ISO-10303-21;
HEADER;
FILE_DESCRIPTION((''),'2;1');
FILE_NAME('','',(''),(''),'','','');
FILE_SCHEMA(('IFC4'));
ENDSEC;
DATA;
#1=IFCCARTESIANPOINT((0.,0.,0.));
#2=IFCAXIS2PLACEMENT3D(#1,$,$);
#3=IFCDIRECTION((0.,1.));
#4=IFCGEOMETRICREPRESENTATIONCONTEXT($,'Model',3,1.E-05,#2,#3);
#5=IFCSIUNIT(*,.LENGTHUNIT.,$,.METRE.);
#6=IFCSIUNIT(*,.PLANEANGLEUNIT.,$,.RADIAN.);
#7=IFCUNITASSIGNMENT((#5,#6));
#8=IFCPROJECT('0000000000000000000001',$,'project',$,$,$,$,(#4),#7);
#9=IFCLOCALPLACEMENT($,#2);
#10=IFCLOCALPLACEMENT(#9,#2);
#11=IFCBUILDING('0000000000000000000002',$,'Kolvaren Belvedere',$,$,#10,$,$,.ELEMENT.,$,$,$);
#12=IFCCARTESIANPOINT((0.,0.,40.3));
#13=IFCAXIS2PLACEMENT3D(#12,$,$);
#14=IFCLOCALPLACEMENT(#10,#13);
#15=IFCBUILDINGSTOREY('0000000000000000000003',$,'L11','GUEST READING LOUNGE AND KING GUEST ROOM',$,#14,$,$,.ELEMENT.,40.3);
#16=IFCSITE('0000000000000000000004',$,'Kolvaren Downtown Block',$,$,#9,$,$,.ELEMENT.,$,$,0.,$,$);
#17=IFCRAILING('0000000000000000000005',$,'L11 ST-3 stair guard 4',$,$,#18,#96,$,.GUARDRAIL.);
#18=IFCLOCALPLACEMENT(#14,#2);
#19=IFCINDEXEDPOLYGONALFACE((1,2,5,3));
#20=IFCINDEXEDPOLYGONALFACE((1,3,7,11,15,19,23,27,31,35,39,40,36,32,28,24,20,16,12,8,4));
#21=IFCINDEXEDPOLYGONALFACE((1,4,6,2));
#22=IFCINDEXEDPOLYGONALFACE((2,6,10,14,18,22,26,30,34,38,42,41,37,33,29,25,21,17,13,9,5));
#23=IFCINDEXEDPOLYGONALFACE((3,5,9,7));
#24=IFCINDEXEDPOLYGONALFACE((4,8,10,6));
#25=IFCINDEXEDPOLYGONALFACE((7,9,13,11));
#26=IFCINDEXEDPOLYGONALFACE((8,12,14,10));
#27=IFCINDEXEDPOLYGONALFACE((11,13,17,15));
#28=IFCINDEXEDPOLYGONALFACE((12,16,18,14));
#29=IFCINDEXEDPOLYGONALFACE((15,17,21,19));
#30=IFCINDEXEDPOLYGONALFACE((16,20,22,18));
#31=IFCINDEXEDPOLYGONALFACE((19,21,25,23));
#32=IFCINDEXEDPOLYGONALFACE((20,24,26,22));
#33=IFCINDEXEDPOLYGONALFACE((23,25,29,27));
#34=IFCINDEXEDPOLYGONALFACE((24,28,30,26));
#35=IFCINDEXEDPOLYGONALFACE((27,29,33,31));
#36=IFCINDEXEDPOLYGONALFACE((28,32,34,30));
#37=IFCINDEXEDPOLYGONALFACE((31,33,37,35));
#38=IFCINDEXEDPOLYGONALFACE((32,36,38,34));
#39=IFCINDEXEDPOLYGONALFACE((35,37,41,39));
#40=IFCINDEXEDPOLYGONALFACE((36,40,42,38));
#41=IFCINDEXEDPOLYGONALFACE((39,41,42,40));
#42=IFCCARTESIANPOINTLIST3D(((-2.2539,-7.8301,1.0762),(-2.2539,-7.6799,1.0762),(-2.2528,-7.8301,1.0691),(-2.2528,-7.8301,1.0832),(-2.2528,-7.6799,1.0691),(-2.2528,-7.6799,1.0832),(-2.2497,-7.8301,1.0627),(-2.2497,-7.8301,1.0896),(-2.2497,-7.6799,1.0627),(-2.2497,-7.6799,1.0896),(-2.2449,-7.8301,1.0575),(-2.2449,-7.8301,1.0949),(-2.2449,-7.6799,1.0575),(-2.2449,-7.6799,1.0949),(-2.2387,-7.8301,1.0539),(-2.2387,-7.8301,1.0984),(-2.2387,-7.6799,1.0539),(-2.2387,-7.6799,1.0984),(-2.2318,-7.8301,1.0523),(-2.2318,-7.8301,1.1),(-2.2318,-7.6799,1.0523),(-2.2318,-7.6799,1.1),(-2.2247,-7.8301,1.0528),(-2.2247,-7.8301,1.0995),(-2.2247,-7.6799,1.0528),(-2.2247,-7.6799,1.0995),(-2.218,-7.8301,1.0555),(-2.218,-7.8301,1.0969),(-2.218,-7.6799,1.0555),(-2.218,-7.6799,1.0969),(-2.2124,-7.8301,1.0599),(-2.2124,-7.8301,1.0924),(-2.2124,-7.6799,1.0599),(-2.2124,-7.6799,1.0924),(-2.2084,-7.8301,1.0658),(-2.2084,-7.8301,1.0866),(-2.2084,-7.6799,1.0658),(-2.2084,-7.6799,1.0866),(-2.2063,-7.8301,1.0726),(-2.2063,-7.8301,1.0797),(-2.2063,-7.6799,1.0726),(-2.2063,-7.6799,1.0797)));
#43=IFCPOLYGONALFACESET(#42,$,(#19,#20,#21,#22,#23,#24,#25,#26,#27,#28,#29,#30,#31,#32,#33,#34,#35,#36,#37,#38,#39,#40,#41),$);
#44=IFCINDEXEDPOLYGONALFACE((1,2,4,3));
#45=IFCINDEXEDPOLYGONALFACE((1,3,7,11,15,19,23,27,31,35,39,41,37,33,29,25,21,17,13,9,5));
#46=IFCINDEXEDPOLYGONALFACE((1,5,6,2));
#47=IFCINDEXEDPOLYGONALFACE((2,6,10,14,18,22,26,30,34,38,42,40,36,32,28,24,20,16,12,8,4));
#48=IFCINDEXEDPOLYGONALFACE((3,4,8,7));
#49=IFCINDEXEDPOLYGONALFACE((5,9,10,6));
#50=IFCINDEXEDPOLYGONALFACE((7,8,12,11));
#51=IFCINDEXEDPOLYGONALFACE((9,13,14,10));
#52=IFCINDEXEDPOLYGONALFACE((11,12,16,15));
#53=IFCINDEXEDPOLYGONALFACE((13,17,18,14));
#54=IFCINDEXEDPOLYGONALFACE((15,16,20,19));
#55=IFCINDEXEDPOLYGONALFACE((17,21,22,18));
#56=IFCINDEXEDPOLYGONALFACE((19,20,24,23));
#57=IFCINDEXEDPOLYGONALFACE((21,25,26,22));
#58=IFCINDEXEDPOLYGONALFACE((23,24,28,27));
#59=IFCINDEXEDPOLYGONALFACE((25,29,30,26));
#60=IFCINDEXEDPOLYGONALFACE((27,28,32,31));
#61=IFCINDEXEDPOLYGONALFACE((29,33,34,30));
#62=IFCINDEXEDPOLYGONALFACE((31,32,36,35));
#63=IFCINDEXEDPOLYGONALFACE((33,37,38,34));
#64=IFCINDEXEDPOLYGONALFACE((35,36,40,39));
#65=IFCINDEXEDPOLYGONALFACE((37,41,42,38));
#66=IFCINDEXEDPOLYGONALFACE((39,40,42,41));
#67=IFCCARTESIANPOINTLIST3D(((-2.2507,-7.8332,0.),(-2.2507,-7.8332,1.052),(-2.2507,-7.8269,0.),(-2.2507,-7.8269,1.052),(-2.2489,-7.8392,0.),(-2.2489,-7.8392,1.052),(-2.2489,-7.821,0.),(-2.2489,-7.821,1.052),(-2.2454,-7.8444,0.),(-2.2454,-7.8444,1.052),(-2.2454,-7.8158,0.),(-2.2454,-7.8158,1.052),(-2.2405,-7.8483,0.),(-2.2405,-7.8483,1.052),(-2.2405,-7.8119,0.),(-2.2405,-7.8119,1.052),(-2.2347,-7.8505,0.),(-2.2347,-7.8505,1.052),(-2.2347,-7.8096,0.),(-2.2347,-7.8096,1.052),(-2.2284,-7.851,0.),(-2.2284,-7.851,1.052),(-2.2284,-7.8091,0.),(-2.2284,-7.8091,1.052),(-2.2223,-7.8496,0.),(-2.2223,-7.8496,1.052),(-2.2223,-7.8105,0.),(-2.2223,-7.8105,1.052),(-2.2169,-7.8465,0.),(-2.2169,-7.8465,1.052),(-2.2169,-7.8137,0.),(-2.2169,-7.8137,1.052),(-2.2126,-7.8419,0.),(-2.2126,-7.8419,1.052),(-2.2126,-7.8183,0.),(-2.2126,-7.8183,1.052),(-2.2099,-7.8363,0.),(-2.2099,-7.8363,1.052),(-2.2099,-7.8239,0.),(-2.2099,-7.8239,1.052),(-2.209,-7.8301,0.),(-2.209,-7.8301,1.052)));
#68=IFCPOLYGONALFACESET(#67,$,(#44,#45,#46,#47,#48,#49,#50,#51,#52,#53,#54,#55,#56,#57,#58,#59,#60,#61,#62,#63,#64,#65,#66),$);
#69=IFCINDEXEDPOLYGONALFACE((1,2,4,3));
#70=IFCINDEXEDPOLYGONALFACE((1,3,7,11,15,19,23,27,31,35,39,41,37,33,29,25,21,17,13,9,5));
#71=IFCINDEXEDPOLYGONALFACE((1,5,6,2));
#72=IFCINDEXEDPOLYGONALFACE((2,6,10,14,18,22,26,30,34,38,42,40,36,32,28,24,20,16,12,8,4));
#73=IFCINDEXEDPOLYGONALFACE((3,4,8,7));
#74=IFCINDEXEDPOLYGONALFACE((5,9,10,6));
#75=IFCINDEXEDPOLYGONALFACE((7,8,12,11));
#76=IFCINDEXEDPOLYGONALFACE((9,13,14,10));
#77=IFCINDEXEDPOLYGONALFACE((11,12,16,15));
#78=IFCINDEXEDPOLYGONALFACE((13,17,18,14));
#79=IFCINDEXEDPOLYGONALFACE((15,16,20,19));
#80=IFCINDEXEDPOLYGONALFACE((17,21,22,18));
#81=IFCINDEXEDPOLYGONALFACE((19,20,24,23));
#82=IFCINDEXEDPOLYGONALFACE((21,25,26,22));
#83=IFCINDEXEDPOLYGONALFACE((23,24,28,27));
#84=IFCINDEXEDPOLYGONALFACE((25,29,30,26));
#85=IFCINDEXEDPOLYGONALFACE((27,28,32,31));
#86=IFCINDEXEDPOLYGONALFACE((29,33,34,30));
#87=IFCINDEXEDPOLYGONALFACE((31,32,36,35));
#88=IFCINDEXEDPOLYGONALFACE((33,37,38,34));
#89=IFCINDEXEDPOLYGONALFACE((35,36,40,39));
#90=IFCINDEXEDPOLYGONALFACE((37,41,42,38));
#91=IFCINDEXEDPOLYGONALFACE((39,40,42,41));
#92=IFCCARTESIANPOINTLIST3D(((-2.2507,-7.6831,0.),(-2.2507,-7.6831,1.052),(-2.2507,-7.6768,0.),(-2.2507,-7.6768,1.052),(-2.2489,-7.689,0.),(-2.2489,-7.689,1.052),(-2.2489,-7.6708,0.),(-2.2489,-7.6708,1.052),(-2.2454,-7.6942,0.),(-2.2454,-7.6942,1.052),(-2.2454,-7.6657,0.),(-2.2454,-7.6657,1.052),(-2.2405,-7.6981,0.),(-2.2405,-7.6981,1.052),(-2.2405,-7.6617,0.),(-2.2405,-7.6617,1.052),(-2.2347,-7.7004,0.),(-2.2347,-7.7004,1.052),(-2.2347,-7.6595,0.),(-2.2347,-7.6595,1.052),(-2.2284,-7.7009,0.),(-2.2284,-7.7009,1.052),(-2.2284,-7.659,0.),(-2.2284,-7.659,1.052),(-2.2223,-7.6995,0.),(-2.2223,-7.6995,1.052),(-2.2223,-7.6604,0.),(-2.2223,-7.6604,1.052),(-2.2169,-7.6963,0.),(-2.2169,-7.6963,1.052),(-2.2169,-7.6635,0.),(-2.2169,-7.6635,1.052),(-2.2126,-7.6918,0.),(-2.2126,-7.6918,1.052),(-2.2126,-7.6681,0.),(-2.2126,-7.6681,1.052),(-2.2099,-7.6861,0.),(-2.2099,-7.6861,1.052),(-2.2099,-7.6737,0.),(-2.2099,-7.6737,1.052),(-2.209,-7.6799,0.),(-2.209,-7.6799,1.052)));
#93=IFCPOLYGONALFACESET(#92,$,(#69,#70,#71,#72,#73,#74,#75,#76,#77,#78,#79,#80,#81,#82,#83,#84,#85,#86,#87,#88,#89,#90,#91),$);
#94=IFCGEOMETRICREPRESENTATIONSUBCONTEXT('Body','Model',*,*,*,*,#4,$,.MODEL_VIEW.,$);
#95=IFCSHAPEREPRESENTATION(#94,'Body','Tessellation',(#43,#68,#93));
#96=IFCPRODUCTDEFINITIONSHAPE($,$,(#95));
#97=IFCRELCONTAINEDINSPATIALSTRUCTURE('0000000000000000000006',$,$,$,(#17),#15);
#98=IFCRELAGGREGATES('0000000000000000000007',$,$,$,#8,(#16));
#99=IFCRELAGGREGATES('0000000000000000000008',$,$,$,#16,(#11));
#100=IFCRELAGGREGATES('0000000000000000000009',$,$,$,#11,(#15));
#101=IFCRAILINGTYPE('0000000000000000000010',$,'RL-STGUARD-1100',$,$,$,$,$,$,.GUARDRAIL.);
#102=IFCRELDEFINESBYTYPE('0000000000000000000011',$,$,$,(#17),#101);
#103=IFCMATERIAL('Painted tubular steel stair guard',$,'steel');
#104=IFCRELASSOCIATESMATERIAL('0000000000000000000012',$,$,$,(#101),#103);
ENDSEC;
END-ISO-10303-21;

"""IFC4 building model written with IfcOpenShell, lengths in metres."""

from ifc_helpers import new_model, si_unit, direction, frame, origin, origin_2d, place, context, subcontext, project, spatial, circle, extrude, material, type_object, element, save


model = new_model("IFC4")

# Units and contexts
model_context = context("Model", 3, precision=1e-05, world=origin(), true_north=direction((0.0, 1.0)))
body_context = subcontext(model_context, "Body", "Model", "MODEL_VIEW")
ifc_project = project(units=[si_unit("LENGTHUNIT", "METRE"), si_unit("PLANEANGLEUNIT", "RADIAN")], contexts=[model_context])

# Site, building, storey
site_placement = place(None, origin())
site = spatial("IfcSite", under=ifc_project, at=site_placement, Name="Kolvaren Downtown Block", CompositionType="ELEMENT", RefElevation=0.0)
building_placement = place(site_placement, origin())
building = spatial("IfcBuilding", under=site, at=building_placement, Name="Kolvaren Belvedere", CompositionType="ELEMENT")
storey_placement = place(building_placement, frame((0.0, 0.0, 40.3)))
storey = spatial("IfcBuildingStorey", under=building, at=storey_placement, Name="L11", Description="GUEST READING LOUNGE AND KING GUEST ROOM", CompositionType="ELEMENT", Elevation=40.3)

# Railing
ifc_material_1 = material(Name="Painted tubular steel stair guard", Category="steel")
railing_type_1 = type_object("IfcRailingType", Name="RL-STGUARD-1100", PredefinedType="GUARDRAIL", material=ifc_material_1)
railing_1_placement = place(storey_placement, frame((-2.23, -7.8301, 0.0)))
element("IfcRailing", 1, at=railing_1_placement, inside=storey, type_object=railing_type_1, Name="L11 ST-3 stair guard 4", PredefinedType="GUARDRAIL", context=body_context, shape_type="SweptSolid", body=[
    extrude(circle(Radius=0.0239, at=origin_2d()), frame((0.0, 0.0, 1.0762), z_axis=(0.0, 1.0, 0.0), x_axis=(-1.0, 0.0, 0.0)), (0.0, 0.0, 1.0), 0.1501),
    extrude(circle(Radius=0.021, at=origin_2d()), origin(), (0.0, 0.0, 1.0), 1.052),
    extrude(circle(Radius=0.021, at=origin_2d()), frame((0.0, 0.1501, 0.0)), (0.0, 0.0, 1.0), 1.052),
])

save(model, "model.ifc")
